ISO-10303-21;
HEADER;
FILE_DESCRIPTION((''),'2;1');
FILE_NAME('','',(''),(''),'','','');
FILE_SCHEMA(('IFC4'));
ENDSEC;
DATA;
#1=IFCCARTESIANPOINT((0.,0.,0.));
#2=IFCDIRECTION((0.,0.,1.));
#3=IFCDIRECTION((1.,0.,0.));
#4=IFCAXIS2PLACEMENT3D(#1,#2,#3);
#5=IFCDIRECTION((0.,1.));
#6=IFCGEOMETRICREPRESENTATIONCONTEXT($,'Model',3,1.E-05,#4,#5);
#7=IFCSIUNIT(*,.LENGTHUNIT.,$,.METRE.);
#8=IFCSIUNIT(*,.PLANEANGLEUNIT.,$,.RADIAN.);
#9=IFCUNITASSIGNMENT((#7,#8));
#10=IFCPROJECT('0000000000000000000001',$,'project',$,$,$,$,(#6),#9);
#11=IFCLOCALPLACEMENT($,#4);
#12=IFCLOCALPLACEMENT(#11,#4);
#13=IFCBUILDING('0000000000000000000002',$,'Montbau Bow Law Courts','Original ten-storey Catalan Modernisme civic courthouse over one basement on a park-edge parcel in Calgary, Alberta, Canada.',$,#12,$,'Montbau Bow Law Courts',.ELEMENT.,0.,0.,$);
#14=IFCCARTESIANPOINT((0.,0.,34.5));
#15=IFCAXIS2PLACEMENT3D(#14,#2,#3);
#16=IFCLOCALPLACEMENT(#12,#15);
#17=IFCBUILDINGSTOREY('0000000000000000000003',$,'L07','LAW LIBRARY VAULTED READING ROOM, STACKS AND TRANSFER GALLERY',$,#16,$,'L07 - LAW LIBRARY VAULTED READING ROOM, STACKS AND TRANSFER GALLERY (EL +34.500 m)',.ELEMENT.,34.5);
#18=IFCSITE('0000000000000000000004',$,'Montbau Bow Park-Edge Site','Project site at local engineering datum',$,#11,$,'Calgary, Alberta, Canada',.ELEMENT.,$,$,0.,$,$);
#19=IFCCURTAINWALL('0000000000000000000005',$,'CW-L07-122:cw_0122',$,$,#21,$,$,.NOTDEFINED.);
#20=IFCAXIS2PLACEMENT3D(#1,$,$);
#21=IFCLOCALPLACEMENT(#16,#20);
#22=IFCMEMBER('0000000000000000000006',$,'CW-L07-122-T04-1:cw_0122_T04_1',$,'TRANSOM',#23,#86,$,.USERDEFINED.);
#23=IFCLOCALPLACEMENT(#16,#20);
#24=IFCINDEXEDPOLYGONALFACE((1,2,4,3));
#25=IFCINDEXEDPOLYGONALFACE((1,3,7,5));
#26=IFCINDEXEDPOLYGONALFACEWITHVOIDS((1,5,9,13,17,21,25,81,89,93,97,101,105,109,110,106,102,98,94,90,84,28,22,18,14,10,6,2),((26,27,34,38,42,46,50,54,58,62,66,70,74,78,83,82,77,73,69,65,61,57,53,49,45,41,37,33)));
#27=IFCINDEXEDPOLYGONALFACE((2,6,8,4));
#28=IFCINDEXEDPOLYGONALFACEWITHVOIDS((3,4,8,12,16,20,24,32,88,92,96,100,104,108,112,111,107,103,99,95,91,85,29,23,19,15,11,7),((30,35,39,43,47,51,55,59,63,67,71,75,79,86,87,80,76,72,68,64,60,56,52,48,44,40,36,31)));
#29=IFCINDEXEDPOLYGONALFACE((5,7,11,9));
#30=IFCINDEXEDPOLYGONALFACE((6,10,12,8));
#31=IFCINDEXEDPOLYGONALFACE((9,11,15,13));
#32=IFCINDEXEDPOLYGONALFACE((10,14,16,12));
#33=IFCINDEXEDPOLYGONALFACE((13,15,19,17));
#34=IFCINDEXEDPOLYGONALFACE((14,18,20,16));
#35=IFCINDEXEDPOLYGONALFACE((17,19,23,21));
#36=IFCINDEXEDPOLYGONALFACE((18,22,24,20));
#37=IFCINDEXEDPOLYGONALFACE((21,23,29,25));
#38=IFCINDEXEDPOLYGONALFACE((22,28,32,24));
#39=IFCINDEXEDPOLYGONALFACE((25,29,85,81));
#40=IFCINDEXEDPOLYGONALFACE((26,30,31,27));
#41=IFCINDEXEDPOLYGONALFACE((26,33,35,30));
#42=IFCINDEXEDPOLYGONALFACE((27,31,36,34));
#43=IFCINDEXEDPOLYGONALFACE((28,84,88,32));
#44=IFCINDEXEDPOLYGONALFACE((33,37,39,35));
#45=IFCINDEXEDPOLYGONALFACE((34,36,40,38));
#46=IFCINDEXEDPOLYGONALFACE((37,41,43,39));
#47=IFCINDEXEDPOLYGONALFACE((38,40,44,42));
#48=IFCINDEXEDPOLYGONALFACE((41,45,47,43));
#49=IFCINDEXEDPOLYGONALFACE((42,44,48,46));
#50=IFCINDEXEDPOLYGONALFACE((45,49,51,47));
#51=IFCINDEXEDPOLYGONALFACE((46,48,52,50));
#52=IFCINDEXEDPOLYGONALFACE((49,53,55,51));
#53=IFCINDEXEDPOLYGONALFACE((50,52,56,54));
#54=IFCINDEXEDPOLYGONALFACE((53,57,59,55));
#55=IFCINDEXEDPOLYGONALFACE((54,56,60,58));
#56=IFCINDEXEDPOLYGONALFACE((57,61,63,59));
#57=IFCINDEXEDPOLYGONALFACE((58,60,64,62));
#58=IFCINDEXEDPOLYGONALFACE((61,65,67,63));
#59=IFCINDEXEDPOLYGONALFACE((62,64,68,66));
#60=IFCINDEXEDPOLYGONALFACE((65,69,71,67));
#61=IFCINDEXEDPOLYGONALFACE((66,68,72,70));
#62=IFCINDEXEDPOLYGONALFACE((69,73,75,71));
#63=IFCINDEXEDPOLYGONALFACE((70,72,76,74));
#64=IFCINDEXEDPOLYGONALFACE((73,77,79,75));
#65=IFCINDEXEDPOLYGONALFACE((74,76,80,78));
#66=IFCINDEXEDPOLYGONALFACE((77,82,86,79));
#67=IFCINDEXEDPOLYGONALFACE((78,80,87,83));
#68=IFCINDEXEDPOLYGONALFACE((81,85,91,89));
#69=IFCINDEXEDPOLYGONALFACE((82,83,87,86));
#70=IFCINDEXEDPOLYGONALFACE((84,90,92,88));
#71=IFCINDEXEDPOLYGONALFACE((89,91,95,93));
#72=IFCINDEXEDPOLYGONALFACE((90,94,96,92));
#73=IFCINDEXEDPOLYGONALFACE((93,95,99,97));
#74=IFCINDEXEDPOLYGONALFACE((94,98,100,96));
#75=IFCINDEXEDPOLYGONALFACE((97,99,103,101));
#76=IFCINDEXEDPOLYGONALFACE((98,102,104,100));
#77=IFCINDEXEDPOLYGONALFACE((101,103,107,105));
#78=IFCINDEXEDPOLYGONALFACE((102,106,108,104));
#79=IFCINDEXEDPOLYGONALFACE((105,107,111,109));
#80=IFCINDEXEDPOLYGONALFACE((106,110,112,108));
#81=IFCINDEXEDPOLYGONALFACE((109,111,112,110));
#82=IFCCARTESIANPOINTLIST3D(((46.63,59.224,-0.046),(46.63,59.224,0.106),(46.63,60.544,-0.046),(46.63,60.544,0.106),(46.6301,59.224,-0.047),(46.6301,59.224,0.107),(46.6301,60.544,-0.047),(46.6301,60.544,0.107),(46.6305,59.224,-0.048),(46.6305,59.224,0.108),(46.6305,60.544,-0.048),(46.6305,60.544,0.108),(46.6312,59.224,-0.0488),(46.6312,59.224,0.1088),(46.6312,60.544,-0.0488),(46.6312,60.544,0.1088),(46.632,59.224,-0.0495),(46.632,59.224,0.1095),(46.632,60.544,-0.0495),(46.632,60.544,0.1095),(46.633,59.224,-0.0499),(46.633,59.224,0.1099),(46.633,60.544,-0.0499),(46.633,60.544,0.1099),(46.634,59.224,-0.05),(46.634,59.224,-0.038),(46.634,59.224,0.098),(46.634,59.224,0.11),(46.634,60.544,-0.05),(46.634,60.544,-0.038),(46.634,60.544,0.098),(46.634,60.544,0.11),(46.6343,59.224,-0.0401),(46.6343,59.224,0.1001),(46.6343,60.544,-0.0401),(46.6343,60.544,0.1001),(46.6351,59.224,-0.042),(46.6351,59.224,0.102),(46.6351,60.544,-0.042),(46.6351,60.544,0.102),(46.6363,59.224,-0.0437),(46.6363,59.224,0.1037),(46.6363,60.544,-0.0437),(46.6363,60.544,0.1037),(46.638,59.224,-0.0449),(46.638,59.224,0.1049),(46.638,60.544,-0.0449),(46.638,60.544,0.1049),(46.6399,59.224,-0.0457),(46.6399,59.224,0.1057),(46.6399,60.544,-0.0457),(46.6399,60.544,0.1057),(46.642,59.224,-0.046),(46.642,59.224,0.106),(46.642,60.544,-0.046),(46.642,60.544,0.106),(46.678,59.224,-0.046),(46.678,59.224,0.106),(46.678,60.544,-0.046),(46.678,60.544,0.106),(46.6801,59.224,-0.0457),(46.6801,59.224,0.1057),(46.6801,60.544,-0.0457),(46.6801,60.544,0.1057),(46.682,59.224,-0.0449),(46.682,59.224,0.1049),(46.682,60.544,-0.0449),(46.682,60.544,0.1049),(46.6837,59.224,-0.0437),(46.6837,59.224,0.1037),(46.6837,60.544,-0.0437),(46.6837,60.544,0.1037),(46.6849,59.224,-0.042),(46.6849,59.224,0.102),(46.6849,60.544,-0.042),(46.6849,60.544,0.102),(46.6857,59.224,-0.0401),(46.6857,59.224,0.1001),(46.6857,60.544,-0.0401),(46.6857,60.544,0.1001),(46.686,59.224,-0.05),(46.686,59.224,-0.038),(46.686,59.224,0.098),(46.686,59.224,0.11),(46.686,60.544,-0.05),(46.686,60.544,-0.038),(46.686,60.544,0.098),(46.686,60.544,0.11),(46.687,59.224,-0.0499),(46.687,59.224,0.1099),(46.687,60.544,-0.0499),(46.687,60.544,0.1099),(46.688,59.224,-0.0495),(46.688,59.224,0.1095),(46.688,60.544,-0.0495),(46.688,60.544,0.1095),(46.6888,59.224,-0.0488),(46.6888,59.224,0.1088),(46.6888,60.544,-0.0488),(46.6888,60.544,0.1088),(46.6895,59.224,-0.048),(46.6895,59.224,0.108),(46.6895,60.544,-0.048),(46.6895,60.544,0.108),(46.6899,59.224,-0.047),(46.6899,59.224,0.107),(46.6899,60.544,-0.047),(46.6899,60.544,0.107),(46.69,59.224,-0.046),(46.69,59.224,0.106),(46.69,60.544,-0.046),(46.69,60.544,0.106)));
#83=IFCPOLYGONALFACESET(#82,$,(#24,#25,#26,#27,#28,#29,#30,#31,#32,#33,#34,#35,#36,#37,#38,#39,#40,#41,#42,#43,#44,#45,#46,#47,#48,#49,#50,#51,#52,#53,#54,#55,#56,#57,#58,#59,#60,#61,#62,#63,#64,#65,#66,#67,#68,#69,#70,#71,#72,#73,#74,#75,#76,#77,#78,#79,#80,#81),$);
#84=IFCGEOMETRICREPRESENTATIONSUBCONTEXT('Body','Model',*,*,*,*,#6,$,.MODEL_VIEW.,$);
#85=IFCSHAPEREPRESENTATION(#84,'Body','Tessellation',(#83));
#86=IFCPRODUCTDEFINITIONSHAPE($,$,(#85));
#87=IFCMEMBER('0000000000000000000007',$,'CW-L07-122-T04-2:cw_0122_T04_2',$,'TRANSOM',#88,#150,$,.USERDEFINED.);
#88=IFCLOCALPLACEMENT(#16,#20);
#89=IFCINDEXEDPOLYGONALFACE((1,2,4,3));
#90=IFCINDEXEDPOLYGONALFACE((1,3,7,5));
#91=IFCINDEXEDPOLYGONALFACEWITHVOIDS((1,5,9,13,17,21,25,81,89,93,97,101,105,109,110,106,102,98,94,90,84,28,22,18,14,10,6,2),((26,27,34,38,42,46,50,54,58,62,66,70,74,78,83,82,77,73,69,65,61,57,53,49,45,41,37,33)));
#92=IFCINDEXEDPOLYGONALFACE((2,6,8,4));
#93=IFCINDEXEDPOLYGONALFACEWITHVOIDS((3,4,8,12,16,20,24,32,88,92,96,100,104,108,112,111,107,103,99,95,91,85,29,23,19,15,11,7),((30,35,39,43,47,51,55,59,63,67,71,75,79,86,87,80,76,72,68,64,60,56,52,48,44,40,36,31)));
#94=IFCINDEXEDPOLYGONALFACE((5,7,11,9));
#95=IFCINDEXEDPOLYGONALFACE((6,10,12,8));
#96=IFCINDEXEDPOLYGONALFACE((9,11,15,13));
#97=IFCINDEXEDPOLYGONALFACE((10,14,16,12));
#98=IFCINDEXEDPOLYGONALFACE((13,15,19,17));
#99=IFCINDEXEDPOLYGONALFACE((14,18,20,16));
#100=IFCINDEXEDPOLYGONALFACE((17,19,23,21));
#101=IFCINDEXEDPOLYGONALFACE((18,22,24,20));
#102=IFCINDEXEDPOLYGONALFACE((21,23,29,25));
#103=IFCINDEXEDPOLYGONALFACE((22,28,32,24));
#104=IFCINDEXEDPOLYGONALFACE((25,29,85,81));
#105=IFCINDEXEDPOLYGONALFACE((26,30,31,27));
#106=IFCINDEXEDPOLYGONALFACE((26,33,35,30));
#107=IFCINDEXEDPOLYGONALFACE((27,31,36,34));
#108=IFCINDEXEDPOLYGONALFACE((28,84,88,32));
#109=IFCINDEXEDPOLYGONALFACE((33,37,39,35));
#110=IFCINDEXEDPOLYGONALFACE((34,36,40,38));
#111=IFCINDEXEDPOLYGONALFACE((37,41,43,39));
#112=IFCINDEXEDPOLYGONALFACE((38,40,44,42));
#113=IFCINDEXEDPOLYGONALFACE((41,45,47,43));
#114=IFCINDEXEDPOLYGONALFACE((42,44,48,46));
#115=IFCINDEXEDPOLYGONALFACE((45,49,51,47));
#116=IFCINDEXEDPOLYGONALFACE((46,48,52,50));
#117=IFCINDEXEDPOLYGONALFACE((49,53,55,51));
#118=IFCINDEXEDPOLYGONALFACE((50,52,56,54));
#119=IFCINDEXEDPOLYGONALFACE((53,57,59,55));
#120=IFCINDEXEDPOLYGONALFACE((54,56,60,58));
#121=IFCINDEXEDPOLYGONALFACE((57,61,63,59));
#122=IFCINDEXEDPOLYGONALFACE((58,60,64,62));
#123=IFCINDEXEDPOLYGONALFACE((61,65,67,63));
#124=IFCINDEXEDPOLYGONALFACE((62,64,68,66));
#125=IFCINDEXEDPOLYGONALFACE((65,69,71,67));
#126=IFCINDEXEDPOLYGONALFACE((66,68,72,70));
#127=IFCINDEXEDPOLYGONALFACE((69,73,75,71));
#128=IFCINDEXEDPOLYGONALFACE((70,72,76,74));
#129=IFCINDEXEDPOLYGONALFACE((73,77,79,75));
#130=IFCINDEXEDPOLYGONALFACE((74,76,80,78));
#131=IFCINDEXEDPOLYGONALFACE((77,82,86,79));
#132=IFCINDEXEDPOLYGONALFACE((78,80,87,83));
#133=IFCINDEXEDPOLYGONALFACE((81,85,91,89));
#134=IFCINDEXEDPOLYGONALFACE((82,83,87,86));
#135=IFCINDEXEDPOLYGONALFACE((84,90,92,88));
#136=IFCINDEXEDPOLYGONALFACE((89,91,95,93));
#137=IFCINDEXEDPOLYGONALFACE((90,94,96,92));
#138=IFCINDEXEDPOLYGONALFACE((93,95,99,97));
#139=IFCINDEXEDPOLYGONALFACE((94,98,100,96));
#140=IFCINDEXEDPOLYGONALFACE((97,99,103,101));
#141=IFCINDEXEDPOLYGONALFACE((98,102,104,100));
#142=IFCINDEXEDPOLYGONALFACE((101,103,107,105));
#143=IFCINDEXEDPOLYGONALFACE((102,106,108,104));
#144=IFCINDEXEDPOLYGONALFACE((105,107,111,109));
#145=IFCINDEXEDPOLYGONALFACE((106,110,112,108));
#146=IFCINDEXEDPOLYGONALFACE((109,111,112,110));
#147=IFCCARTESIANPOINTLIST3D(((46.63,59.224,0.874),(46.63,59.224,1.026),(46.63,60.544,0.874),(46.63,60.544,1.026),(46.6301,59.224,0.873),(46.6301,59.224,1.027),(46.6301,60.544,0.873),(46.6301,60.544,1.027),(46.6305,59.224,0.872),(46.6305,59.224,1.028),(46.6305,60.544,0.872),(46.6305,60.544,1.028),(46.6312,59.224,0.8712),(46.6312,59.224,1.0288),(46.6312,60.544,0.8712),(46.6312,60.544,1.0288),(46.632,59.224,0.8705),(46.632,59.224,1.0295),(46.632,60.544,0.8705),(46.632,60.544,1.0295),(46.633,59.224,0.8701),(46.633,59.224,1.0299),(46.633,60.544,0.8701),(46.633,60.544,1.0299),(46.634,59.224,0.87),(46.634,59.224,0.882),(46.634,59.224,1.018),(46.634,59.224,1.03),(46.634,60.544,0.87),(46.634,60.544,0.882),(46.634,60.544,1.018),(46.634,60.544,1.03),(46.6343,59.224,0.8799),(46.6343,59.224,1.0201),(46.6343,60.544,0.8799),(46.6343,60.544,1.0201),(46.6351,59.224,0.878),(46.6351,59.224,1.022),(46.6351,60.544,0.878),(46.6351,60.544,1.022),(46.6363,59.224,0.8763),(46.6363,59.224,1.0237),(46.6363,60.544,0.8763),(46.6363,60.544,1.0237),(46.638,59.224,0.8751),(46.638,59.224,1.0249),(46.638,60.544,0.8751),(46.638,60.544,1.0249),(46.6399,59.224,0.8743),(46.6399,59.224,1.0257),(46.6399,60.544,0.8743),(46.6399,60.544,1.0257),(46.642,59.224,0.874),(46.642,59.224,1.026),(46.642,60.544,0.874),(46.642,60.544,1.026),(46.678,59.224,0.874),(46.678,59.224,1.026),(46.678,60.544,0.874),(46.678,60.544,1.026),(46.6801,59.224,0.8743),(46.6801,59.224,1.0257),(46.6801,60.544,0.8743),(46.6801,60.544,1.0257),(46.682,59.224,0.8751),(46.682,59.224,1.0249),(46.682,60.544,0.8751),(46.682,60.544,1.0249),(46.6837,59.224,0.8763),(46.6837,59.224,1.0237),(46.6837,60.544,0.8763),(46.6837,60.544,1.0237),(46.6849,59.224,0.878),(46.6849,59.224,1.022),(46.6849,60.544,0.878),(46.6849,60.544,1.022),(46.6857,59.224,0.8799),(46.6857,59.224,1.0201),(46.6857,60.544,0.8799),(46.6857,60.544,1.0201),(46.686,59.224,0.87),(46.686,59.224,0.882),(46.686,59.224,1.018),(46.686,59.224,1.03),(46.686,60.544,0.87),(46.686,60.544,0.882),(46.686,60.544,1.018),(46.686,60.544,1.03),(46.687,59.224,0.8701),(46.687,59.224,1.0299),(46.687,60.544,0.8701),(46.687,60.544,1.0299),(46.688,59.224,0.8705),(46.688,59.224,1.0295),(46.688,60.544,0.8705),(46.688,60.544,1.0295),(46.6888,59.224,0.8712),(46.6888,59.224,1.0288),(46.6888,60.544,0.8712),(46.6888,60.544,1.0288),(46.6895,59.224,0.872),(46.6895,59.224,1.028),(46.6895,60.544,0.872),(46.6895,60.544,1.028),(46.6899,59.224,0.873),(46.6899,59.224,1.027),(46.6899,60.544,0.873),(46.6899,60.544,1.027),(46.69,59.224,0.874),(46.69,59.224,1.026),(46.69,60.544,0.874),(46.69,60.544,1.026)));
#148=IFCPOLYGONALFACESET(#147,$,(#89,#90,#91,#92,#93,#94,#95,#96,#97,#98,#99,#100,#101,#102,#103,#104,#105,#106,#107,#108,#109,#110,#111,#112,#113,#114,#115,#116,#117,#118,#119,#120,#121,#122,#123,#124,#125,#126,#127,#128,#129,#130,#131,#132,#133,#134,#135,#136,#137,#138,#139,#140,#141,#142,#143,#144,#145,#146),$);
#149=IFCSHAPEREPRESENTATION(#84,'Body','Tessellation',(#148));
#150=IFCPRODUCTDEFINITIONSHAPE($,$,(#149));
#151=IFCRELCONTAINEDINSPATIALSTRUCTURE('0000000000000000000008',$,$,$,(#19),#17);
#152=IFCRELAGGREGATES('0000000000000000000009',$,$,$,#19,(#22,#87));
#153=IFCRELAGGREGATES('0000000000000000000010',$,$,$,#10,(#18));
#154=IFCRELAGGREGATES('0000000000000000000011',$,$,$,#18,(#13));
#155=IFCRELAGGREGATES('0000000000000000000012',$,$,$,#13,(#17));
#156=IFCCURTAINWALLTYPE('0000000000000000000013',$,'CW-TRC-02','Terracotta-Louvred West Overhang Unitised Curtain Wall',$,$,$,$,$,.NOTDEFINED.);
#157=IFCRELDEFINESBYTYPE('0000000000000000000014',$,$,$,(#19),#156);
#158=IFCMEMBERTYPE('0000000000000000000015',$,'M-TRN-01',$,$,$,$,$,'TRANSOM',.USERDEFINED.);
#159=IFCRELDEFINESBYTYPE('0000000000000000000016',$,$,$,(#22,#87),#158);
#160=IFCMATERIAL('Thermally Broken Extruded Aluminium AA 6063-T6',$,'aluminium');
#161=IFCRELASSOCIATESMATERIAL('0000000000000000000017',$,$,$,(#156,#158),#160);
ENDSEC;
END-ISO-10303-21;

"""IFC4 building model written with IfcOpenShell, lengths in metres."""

from ifc_helpers import new_model, si_unit, direction, frame, origin_with_axes, origin_2d_with_axis, place, context, subcontext, project, spatial, hollow_rectangle, extrude, material, material_profile, profile_set, type_object, element, aggregate, save


model = new_model("IFC4")

# Units and contexts
model_context = context("Model", 3, precision=1e-05, world=origin_with_axes(), true_north=direction((0.0, 1.0)))
body_context = subcontext(model_context, "Body", "Model", "MODEL_VIEW")
ifc_project = project(units=[si_unit("LENGTHUNIT", "METRE"), si_unit("PLANEANGLEUNIT", "RADIAN")], contexts=[model_context])

# Site, building, storey
site_placement = place(None, origin_with_axes())
site = spatial("IfcSite", under=ifc_project, at=site_placement, Name="Montbau Bow Park-Edge Site", Description="Project site at local engineering datum", LongName="Calgary, Alberta, Canada", CompositionType="ELEMENT", RefElevation=0.0)
building_placement = place(site_placement, origin_with_axes())
building = spatial("IfcBuilding", under=site, at=building_placement, Name="Montbau Bow Law Courts", Description="Original ten-storey Catalan Modernisme civic courthouse over one basement on a park-edge parcel in Calgary, Alberta, Canada.", LongName="Montbau Bow Law Courts", CompositionType="ELEMENT", ElevationOfRefHeight=0.0, ElevationOfTerrain=0.0)
storey_placement = place(building_placement, frame((0.0, 0.0, 34.5), z_axis=(0.0, 0.0, 1.0), x_axis=(1.0, 0.0, 0.0)))
storey = spatial("IfcBuildingStorey", under=building, at=storey_placement, Name="L07", Description="LAW LIBRARY VAULTED READING ROOM, STACKS AND TRANSFER GALLERY", LongName="L07 - LAW LIBRARY VAULTED READING ROOM, STACKS AND TRANSFER GALLERY (EL +34.500 m)", CompositionType="ELEMENT", Elevation=34.5)

# Curtain wall, members
ifc_material_1 = material(Name="Thermally Broken Extruded Aluminium AA 6063-T6", Category="aluminium")
curtain_wall_type = type_object("IfcCurtainWallType", Name="CW-TRC-02", Description="Terracotta-Louvred West Overhang Unitised Curtain Wall", PredefinedType="NOTDEFINED", material=ifc_material_1)
curtain_wall_placement = place(None, frame((46.66, 55.04, 34.5), z_axis=(0.0, 0.0, 1.0), x_axis=(1.0, 0.0, 0.0)))
curtain_wall = element("IfcCurtainWall", 1, at=curtain_wall_placement, inside=storey, type_object=curtain_wall_type, Name="CW-L07-122:cw_0122", PredefinedType="NOTDEFINED")
ifc_material_profile_1 = material_profile(ifc_material_1, hollow_rectangle(XDim=0.06, YDim=0.16, WallThickness=0.004, InnerFilletRadius=0.008, OuterFilletRadius=0.004, at=origin_2d_with_axis()), Name="CWT-160X60", Category="Main", Priority=0)
ifc_profile_set_1 = profile_set([ifc_material_profile_1], Name="Thermally Broken Extruded Aluminium AA 6063-T6")
member_type_1 = type_object("IfcMemberType", Name="M-TRN-01", ElementType="TRANSOM", PredefinedType="USERDEFINED", material=ifc_profile_set_1)
member_1_placement = place(None, frame((46.66, 59.224, 34.53), z_axis=(0.0, 1.0, 0.0), x_axis=(-1.0, 0.0, 0.0)))
member_1 = element("IfcMember", 2, at=member_1_placement, type_object=member_type_1, Name="CW-L07-122-T04-1:cw_0122_T04_1", ObjectType="TRANSOM", PredefinedType="USERDEFINED", context=body_context, shape_type="SweptSolid", body=[
    extrude(hollow_rectangle(XDim=0.06, YDim=0.16, WallThickness=0.004, InnerFilletRadius=0.008, OuterFilletRadius=0.004, at=origin_2d_with_axis()), origin_with_axes(), (0.0, 0.0, 1.0), 1.32),
])
member_2_placement = place(None, frame((46.66, 59.224, 35.45), z_axis=(0.0, 1.0, 0.0), x_axis=(-1.0, 0.0, 0.0)))
member_2 = element("IfcMember", 3, at=member_2_placement, type_object=member_type_1, Name="CW-L07-122-T04-2:cw_0122_T04_2", ObjectType="TRANSOM", PredefinedType="USERDEFINED", context=body_context, shape_type="SweptSolid", body=[
    extrude(hollow_rectangle(XDim=0.06, YDim=0.16, WallThickness=0.004, InnerFilletRadius=0.008, OuterFilletRadius=0.004, at=origin_2d_with_axis()), origin_with_axes(), (0.0, 0.0, 1.0), 1.32),
])
aggregate(curtain_wall, [member_1, member_2])

save(model, "model.ifc")
